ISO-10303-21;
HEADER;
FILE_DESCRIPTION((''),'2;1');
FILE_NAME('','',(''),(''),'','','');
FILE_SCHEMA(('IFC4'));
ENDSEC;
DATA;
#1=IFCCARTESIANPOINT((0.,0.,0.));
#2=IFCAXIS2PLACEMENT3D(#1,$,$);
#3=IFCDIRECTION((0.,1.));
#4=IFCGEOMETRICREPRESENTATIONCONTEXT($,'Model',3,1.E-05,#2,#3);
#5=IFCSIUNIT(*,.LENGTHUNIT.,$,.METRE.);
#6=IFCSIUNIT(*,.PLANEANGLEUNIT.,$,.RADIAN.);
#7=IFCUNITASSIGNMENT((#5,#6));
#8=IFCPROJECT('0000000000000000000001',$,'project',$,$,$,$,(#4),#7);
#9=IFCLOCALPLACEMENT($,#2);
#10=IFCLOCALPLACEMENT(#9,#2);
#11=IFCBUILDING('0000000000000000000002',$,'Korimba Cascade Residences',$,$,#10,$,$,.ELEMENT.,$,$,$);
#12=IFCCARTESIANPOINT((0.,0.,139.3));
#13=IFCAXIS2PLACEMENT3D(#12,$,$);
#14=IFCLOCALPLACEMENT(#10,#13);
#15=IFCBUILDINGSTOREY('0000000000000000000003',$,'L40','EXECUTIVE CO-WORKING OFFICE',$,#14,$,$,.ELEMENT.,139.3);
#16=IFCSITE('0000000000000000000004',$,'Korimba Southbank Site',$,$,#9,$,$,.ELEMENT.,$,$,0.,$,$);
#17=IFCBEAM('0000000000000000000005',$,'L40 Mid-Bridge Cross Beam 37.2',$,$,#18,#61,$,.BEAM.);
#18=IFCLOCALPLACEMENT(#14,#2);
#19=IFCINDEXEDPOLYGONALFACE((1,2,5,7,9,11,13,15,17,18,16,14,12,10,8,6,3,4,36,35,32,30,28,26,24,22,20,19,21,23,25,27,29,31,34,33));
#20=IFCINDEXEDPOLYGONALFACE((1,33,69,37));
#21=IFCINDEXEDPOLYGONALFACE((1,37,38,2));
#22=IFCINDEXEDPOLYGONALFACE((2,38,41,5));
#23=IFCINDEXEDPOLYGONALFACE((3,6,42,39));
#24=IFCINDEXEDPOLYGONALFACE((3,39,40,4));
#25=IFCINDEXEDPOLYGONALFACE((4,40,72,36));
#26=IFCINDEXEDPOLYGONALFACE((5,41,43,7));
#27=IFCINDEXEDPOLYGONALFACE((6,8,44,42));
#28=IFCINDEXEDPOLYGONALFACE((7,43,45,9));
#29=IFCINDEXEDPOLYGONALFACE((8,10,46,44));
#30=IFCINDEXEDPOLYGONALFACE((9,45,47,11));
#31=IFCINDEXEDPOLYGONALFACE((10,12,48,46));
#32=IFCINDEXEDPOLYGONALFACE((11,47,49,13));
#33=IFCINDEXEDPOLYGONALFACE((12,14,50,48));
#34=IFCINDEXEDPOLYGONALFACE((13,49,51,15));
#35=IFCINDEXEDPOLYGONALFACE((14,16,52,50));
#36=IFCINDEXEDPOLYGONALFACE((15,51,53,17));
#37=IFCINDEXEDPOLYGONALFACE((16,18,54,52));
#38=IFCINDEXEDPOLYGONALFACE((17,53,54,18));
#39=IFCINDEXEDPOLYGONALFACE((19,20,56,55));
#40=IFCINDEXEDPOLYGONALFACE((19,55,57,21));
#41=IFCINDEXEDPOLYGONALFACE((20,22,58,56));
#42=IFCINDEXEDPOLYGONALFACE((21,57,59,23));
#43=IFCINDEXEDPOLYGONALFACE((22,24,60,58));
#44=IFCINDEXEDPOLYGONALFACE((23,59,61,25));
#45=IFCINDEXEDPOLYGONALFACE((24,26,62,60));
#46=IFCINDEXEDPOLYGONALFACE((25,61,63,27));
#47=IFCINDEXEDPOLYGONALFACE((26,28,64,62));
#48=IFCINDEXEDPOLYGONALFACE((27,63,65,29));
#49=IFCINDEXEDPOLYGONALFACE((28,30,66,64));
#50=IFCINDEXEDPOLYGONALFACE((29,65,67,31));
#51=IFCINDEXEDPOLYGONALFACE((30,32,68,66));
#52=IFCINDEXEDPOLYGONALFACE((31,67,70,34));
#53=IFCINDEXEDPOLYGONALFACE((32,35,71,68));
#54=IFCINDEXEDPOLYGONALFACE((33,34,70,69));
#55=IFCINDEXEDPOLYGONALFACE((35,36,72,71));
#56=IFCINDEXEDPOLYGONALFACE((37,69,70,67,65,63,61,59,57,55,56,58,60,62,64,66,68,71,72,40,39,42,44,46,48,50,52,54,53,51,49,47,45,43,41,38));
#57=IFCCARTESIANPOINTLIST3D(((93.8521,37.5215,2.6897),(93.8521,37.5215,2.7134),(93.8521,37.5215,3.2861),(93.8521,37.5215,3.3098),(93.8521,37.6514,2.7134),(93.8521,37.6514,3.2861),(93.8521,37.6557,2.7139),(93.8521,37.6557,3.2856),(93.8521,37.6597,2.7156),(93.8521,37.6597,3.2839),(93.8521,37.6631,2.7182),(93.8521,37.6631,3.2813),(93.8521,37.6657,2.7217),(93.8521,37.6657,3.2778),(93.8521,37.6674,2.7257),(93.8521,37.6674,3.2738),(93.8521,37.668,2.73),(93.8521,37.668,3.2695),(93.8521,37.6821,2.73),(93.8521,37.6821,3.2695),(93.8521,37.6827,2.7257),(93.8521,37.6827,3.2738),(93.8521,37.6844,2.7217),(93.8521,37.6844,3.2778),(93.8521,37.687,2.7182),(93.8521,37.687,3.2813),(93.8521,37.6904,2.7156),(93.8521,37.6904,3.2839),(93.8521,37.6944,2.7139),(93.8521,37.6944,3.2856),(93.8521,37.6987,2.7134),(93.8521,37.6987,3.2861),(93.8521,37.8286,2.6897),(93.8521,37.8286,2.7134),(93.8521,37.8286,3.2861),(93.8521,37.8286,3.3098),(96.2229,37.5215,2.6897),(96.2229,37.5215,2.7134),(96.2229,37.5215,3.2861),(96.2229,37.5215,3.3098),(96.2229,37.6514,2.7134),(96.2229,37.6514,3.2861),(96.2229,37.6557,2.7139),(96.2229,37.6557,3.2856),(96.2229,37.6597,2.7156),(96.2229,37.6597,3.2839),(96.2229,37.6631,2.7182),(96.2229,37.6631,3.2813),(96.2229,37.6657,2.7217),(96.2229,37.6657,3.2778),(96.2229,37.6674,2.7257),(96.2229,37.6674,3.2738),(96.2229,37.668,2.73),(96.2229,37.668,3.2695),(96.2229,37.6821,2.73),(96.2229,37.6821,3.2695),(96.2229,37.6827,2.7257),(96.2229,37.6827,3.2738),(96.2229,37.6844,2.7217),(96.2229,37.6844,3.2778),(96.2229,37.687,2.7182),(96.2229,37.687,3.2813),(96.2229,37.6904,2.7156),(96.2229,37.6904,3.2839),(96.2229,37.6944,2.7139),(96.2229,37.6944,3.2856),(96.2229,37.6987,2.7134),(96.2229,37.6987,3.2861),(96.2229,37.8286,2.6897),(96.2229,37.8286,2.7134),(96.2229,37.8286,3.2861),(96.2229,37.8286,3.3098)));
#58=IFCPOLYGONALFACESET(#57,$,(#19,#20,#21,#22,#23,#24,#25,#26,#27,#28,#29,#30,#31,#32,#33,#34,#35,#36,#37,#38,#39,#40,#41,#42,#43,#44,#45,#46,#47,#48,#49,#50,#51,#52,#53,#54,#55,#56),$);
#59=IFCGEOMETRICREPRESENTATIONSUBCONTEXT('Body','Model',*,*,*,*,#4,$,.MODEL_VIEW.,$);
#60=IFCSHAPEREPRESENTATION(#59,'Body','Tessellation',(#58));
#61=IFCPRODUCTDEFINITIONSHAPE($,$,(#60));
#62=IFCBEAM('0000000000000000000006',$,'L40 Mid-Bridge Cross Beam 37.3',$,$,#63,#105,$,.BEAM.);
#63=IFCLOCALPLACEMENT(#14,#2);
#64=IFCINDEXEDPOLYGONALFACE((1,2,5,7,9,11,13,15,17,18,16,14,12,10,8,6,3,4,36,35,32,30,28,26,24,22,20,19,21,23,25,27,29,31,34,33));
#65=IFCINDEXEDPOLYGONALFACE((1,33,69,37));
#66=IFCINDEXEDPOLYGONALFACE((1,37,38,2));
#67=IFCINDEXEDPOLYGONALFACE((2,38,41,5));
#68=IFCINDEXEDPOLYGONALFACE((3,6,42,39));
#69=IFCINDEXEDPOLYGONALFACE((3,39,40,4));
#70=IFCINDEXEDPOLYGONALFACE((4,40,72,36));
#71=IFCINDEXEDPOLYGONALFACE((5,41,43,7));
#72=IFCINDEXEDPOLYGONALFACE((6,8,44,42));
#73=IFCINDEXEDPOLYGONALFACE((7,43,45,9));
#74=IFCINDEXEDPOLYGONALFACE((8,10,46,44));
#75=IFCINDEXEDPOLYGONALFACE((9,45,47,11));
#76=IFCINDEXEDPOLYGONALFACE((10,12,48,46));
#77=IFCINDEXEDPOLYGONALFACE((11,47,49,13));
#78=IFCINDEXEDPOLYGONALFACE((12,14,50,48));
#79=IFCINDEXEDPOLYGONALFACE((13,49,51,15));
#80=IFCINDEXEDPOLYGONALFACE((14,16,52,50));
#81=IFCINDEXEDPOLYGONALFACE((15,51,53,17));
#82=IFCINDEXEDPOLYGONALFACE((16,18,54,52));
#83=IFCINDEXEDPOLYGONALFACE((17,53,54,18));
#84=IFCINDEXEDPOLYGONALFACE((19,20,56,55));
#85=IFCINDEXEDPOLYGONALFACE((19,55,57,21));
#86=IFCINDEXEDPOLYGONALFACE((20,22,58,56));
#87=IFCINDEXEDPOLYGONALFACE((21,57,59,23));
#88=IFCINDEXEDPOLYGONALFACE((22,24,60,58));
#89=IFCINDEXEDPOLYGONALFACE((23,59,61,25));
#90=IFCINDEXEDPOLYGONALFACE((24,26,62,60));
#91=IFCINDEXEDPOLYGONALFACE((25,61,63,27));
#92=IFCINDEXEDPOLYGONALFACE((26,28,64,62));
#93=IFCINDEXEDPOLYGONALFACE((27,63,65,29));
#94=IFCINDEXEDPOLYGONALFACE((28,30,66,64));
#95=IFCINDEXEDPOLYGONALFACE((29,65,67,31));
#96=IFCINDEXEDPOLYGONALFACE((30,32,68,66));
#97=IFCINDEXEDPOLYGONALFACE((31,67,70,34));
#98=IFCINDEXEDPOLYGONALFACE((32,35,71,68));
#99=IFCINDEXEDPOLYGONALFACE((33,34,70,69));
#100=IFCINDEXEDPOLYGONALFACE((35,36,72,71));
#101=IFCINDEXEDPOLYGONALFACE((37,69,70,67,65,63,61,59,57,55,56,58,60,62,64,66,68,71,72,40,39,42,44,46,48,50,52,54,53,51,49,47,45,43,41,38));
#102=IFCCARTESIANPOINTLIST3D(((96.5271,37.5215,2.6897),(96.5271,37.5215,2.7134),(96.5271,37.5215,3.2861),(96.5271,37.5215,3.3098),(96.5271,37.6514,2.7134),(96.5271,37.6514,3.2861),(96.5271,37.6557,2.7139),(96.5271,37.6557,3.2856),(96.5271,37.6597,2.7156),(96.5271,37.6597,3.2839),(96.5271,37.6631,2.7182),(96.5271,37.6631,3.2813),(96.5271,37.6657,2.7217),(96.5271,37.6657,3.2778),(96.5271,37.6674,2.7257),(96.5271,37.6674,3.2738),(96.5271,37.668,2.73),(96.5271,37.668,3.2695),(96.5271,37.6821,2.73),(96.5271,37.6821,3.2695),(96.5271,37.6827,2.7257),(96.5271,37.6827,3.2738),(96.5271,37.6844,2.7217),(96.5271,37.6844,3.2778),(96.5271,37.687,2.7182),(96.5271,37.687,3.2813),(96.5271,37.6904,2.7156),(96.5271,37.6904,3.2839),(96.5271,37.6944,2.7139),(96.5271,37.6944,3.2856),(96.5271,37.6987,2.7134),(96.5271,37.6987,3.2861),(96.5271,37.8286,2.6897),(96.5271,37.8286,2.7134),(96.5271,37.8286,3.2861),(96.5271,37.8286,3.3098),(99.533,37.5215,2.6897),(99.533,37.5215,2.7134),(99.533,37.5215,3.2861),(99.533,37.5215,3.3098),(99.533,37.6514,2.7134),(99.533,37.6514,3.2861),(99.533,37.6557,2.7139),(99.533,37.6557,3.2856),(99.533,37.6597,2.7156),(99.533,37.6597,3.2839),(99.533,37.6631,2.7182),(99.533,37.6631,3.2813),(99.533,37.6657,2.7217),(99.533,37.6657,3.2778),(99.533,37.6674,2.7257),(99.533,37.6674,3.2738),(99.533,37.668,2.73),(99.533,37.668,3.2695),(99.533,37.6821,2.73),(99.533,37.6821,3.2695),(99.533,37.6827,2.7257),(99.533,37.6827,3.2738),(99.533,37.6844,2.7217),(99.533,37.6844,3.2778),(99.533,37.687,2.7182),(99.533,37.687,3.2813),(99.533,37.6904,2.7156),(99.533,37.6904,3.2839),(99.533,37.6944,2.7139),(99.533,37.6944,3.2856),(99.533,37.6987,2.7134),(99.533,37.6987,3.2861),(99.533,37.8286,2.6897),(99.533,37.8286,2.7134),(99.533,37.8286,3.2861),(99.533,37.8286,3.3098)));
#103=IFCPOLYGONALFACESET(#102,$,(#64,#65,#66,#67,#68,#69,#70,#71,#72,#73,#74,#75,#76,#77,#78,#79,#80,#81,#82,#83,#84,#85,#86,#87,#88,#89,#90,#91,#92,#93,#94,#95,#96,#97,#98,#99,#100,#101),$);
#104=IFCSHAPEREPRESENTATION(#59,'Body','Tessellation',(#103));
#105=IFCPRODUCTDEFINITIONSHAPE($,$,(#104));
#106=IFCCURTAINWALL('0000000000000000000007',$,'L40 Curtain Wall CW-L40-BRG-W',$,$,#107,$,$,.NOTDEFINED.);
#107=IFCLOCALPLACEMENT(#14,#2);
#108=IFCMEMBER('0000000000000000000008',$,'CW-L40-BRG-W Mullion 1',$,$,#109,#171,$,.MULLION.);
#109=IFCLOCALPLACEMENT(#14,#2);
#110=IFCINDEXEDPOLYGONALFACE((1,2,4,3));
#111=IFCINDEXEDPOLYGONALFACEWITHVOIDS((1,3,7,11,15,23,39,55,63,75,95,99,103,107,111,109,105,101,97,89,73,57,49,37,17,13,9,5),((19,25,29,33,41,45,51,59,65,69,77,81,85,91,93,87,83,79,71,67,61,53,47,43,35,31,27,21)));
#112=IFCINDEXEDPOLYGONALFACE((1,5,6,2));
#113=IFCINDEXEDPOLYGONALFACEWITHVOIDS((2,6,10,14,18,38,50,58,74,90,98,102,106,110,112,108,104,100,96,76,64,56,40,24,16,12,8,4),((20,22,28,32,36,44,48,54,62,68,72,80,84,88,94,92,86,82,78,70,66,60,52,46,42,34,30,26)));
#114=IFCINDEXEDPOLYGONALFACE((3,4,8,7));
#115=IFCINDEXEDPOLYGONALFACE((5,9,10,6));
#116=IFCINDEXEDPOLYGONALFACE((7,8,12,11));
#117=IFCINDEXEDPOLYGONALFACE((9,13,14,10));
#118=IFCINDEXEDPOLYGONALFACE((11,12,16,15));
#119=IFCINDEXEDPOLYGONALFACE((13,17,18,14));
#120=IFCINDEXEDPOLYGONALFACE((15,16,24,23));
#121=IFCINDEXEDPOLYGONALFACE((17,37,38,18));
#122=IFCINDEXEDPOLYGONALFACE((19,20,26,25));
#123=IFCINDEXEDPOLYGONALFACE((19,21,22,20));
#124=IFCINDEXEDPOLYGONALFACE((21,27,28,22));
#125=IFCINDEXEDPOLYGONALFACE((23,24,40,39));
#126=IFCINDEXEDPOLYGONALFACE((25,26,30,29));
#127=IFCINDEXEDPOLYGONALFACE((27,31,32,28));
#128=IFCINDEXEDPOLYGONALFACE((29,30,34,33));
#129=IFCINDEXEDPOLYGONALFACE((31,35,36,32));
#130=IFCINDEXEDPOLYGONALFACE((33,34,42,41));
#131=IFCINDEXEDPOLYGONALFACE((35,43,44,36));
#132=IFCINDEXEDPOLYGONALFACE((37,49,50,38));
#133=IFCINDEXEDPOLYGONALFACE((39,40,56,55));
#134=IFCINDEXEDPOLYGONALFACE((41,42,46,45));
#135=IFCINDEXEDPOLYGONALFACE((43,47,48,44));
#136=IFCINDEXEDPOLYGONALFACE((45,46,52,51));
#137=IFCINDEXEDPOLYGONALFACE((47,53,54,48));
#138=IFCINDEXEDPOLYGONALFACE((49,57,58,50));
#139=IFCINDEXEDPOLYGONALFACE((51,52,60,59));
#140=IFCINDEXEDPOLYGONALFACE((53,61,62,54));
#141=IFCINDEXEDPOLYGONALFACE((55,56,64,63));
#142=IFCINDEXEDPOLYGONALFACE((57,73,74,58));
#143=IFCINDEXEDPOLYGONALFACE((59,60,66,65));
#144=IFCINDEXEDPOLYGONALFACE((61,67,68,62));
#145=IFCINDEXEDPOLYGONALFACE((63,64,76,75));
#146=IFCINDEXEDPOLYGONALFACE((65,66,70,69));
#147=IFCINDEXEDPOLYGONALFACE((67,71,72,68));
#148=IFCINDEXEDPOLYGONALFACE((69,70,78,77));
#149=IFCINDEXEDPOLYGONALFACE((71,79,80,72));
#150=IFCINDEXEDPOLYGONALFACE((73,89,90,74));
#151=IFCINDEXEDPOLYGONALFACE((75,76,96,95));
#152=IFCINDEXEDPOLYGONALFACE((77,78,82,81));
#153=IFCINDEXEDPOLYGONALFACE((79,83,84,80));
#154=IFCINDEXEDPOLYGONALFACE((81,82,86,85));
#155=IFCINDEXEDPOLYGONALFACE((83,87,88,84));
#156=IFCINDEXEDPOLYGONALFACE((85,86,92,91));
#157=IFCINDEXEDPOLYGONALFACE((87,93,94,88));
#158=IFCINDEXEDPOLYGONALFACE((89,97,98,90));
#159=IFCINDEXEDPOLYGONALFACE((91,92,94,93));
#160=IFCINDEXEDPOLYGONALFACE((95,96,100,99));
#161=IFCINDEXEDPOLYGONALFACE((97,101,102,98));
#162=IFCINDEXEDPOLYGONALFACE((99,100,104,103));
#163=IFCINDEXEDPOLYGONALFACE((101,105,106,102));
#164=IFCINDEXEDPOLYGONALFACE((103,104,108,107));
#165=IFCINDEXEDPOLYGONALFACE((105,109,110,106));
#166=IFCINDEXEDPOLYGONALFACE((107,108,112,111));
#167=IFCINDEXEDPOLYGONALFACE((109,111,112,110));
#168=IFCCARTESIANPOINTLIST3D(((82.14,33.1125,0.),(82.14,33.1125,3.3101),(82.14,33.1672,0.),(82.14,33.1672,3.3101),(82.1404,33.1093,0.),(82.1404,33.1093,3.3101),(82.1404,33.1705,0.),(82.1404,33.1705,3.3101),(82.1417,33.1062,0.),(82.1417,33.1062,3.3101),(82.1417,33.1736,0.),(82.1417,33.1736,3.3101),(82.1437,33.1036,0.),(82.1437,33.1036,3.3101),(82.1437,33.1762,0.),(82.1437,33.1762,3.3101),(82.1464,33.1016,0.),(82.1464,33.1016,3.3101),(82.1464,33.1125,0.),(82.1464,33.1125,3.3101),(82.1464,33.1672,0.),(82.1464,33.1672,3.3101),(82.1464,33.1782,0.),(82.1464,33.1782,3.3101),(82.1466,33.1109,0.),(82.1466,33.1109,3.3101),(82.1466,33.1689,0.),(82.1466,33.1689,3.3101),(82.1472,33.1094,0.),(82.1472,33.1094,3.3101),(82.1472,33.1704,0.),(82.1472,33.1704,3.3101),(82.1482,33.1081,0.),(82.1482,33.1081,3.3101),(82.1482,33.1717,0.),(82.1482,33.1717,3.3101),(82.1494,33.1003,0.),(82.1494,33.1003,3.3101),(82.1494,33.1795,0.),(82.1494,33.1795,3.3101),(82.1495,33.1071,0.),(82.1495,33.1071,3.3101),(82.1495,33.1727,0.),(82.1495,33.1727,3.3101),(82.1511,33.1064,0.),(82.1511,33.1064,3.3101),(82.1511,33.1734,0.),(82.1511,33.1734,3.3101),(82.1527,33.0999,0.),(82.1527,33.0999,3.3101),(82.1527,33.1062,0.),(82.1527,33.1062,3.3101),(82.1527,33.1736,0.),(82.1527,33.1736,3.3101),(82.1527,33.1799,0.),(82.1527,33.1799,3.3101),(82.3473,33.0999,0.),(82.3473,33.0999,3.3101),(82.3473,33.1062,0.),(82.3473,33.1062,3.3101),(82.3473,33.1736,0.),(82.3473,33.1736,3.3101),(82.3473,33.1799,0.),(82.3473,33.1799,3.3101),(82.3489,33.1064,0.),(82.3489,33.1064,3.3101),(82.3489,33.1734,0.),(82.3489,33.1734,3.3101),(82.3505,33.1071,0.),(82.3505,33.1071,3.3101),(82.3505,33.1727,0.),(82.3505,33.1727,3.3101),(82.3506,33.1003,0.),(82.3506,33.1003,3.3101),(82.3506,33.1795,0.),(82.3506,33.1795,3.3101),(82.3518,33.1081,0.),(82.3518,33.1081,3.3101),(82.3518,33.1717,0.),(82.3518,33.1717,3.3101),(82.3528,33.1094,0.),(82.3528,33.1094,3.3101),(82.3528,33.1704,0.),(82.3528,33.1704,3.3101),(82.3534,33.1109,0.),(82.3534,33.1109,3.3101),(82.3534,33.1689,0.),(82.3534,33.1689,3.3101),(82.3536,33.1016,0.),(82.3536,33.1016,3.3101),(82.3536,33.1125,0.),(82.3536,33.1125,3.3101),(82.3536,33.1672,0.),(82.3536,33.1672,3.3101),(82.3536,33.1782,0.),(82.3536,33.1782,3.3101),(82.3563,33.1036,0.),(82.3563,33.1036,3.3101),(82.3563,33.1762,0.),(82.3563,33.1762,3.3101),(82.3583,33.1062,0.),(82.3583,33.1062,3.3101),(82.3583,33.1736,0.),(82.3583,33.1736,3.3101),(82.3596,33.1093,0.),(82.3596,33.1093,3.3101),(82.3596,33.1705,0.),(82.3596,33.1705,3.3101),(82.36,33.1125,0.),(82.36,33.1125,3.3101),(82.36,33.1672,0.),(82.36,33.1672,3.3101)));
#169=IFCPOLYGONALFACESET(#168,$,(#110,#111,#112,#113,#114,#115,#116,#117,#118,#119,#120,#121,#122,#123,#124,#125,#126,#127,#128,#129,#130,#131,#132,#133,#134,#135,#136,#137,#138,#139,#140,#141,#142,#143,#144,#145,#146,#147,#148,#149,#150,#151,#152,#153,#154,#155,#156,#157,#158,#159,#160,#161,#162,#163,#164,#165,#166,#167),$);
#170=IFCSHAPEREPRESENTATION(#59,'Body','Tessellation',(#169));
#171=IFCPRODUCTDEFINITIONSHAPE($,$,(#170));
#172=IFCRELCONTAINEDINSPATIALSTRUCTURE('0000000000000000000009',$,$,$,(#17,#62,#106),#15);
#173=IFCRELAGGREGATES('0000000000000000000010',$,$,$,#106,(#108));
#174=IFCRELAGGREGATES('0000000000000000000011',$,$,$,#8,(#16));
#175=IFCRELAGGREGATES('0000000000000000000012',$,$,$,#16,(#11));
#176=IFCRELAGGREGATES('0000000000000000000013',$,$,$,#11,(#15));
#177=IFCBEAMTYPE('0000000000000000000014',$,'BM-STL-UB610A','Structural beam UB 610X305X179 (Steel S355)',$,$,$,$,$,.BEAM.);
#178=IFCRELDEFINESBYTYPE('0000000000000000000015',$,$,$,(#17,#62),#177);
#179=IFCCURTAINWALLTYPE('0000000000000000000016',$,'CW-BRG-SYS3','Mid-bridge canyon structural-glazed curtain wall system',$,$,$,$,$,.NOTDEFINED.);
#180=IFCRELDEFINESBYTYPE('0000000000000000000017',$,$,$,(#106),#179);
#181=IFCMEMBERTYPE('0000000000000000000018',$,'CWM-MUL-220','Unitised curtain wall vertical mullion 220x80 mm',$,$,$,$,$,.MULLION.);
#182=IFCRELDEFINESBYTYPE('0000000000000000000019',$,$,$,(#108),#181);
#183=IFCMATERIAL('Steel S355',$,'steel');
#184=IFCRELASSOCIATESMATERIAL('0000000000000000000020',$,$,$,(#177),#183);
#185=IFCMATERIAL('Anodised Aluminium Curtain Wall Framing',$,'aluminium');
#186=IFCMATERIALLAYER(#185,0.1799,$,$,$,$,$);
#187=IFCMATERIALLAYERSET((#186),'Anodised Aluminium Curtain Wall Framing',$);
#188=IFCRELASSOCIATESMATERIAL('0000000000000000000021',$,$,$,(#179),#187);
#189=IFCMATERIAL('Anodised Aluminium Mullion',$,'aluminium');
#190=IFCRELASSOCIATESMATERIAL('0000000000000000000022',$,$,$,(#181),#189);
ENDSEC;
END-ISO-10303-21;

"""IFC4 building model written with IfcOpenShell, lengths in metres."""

from ifc_helpers import new_model, si_unit, direction, frame, origin, origin_2d, place, context, subcontext, project, spatial, hollow_rectangle, i_section, extrude, material, layer, layer_set, material_profile, profile_set, type_object, element, aggregate, save


model = new_model("IFC4")

# Units and contexts
model_context = context("Model", 3, precision=1e-05, world=origin(), true_north=direction((0.0, 1.0)))
body_context = subcontext(model_context, "Body", "Model", "MODEL_VIEW")
ifc_project = project(units=[si_unit("LENGTHUNIT", "METRE"), si_unit("PLANEANGLEUNIT", "RADIAN")], contexts=[model_context])

# Site, building, storey
site_placement = place(None, origin())
site = spatial("IfcSite", under=ifc_project, at=site_placement, Name="Korimba Southbank Site", CompositionType="ELEMENT", RefElevation=0.0)
building_placement = place(site_placement, origin())
building = spatial("IfcBuilding", under=site, at=building_placement, Name="Korimba Cascade Residences", CompositionType="ELEMENT")
storey_placement = place(building_placement, frame((0.0, 0.0, 139.3)))
storey = spatial("IfcBuildingStorey", under=building, at=storey_placement, Name="L40", Description="EXECUTIVE CO-WORKING OFFICE", CompositionType="ELEMENT", Elevation=139.3)

# Beams
ifc_material_1 = material(Name="Steel S355", Category="steel")
ifc_material_profile_1 = material_profile(ifc_material_1, i_section(OverallWidth=0.3071, OverallDepth=0.6201, WebThickness=0.0142, FlangeThickness=0.0237, FilletRadius=0.0166, at=origin_2d()), Name="Steel S355")
ifc_profile_set_1 = profile_set([ifc_material_profile_1], Name="Steel S355")
beam_type = type_object("IfcBeamType", Name="BM-STL-UB610A", Description="Structural beam UB 610X305X179 (Steel S355)", PredefinedType="BEAM", material=ifc_profile_set_1)
beam_1_placement = place(storey_placement, frame((93.8521, 37.675, 2.9998), z_axis=(1.0, 0.0, 0.0), x_axis=(0.0, 1.0, 0.0)))
element("IfcBeam", 1, at=beam_1_placement, inside=storey, type_object=beam_type, Name="L40 Mid-Bridge Cross Beam 37.2", PredefinedType="BEAM", context=body_context, shape_type="SweptSolid", body=[
    extrude(i_section(OverallWidth=0.3071, OverallDepth=0.6201, WebThickness=0.0142, FlangeThickness=0.0237, FilletRadius=0.0166, at=origin_2d()), origin(), (0.0, 0.0, 1.0), 2.3708),
])
beam_2_placement = place(storey_placement, frame((96.5271, 37.675, 2.9998), z_axis=(1.0, 0.0, 0.0), x_axis=(0.0, 1.0, 0.0)))
element("IfcBeam", 2, at=beam_2_placement, inside=storey, type_object=beam_type, Name="L40 Mid-Bridge Cross Beam 37.3", PredefinedType="BEAM", context=body_context, shape_type="SweptSolid", body=[
    extrude(i_section(OverallWidth=0.3071, OverallDepth=0.6201, WebThickness=0.0142, FlangeThickness=0.0237, FilletRadius=0.0166, at=origin_2d()), origin(), (0.0, 0.0, 1.0), 3.0059),
])

# Curtain wall, member
ifc_material_2 = material(Name="Anodised Aluminium Curtain Wall Framing", Category="aluminium")
ifc_layer_1 = layer(ifc_material_2, 0.1799)
ifc_layer_set_1 = layer_set([ifc_layer_1], Name="Anodised Aluminium Curtain Wall Framing")
curtain_wall_type = type_object("IfcCurtainWallType", Name="CW-BRG-SYS3", Description="Mid-bridge canyon structural-glazed curtain wall system", PredefinedType="NOTDEFINED", material=ifc_layer_set_1)
curtain_wall_placement = place(storey_placement, origin())
curtain_wall = element("IfcCurtainWall", 3, at=curtain_wall_placement, inside=storey, type_object=curtain_wall_type, Name="L40 Curtain Wall CW-L40-BRG-W", PredefinedType="NOTDEFINED")
ifc_material_3 = material(Name="Anodised Aluminium Mullion", Category="aluminium")
ifc_material_profile_2 = material_profile(ifc_material_3, hollow_rectangle(XDim=0.0801, YDim=0.22, WallThickness=0.0063, InnerFilletRadius=0.0063, OuterFilletRadius=0.0127, at=origin_2d()), Name="Anodised Aluminium Mullion")
ifc_profile_set_2 = profile_set([ifc_material_profile_2], Name="Anodised Aluminium Mullion")
member_type_1 = type_object("IfcMemberType", Name="CWM-MUL-220", Description="Unitised curtain wall vertical mullion 220x80 mm", PredefinedType="MULLION", material=ifc_profile_set_2)
member_1_placement = place(storey_placement, frame((82.25, 33.1399, 0.0), z_axis=(0.0, 0.0, 1.0), x_axis=(0.0, 1.0, 0.0)))
member_1 = element("IfcMember", 4, at=member_1_placement, type_object=member_type_1, Name="CW-L40-BRG-W Mullion 1", PredefinedType="MULLION", context=body_context, shape_type="SweptSolid", body=[
    extrude(hollow_rectangle(XDim=0.0801, YDim=0.22, WallThickness=0.0063, InnerFilletRadius=0.0063, OuterFilletRadius=0.0127, at=origin_2d()), origin(), (0.0, 0.0, 1.0), 3.3101),
])
aggregate(curtain_wall, [member_1])

save(model, "model.ifc")
